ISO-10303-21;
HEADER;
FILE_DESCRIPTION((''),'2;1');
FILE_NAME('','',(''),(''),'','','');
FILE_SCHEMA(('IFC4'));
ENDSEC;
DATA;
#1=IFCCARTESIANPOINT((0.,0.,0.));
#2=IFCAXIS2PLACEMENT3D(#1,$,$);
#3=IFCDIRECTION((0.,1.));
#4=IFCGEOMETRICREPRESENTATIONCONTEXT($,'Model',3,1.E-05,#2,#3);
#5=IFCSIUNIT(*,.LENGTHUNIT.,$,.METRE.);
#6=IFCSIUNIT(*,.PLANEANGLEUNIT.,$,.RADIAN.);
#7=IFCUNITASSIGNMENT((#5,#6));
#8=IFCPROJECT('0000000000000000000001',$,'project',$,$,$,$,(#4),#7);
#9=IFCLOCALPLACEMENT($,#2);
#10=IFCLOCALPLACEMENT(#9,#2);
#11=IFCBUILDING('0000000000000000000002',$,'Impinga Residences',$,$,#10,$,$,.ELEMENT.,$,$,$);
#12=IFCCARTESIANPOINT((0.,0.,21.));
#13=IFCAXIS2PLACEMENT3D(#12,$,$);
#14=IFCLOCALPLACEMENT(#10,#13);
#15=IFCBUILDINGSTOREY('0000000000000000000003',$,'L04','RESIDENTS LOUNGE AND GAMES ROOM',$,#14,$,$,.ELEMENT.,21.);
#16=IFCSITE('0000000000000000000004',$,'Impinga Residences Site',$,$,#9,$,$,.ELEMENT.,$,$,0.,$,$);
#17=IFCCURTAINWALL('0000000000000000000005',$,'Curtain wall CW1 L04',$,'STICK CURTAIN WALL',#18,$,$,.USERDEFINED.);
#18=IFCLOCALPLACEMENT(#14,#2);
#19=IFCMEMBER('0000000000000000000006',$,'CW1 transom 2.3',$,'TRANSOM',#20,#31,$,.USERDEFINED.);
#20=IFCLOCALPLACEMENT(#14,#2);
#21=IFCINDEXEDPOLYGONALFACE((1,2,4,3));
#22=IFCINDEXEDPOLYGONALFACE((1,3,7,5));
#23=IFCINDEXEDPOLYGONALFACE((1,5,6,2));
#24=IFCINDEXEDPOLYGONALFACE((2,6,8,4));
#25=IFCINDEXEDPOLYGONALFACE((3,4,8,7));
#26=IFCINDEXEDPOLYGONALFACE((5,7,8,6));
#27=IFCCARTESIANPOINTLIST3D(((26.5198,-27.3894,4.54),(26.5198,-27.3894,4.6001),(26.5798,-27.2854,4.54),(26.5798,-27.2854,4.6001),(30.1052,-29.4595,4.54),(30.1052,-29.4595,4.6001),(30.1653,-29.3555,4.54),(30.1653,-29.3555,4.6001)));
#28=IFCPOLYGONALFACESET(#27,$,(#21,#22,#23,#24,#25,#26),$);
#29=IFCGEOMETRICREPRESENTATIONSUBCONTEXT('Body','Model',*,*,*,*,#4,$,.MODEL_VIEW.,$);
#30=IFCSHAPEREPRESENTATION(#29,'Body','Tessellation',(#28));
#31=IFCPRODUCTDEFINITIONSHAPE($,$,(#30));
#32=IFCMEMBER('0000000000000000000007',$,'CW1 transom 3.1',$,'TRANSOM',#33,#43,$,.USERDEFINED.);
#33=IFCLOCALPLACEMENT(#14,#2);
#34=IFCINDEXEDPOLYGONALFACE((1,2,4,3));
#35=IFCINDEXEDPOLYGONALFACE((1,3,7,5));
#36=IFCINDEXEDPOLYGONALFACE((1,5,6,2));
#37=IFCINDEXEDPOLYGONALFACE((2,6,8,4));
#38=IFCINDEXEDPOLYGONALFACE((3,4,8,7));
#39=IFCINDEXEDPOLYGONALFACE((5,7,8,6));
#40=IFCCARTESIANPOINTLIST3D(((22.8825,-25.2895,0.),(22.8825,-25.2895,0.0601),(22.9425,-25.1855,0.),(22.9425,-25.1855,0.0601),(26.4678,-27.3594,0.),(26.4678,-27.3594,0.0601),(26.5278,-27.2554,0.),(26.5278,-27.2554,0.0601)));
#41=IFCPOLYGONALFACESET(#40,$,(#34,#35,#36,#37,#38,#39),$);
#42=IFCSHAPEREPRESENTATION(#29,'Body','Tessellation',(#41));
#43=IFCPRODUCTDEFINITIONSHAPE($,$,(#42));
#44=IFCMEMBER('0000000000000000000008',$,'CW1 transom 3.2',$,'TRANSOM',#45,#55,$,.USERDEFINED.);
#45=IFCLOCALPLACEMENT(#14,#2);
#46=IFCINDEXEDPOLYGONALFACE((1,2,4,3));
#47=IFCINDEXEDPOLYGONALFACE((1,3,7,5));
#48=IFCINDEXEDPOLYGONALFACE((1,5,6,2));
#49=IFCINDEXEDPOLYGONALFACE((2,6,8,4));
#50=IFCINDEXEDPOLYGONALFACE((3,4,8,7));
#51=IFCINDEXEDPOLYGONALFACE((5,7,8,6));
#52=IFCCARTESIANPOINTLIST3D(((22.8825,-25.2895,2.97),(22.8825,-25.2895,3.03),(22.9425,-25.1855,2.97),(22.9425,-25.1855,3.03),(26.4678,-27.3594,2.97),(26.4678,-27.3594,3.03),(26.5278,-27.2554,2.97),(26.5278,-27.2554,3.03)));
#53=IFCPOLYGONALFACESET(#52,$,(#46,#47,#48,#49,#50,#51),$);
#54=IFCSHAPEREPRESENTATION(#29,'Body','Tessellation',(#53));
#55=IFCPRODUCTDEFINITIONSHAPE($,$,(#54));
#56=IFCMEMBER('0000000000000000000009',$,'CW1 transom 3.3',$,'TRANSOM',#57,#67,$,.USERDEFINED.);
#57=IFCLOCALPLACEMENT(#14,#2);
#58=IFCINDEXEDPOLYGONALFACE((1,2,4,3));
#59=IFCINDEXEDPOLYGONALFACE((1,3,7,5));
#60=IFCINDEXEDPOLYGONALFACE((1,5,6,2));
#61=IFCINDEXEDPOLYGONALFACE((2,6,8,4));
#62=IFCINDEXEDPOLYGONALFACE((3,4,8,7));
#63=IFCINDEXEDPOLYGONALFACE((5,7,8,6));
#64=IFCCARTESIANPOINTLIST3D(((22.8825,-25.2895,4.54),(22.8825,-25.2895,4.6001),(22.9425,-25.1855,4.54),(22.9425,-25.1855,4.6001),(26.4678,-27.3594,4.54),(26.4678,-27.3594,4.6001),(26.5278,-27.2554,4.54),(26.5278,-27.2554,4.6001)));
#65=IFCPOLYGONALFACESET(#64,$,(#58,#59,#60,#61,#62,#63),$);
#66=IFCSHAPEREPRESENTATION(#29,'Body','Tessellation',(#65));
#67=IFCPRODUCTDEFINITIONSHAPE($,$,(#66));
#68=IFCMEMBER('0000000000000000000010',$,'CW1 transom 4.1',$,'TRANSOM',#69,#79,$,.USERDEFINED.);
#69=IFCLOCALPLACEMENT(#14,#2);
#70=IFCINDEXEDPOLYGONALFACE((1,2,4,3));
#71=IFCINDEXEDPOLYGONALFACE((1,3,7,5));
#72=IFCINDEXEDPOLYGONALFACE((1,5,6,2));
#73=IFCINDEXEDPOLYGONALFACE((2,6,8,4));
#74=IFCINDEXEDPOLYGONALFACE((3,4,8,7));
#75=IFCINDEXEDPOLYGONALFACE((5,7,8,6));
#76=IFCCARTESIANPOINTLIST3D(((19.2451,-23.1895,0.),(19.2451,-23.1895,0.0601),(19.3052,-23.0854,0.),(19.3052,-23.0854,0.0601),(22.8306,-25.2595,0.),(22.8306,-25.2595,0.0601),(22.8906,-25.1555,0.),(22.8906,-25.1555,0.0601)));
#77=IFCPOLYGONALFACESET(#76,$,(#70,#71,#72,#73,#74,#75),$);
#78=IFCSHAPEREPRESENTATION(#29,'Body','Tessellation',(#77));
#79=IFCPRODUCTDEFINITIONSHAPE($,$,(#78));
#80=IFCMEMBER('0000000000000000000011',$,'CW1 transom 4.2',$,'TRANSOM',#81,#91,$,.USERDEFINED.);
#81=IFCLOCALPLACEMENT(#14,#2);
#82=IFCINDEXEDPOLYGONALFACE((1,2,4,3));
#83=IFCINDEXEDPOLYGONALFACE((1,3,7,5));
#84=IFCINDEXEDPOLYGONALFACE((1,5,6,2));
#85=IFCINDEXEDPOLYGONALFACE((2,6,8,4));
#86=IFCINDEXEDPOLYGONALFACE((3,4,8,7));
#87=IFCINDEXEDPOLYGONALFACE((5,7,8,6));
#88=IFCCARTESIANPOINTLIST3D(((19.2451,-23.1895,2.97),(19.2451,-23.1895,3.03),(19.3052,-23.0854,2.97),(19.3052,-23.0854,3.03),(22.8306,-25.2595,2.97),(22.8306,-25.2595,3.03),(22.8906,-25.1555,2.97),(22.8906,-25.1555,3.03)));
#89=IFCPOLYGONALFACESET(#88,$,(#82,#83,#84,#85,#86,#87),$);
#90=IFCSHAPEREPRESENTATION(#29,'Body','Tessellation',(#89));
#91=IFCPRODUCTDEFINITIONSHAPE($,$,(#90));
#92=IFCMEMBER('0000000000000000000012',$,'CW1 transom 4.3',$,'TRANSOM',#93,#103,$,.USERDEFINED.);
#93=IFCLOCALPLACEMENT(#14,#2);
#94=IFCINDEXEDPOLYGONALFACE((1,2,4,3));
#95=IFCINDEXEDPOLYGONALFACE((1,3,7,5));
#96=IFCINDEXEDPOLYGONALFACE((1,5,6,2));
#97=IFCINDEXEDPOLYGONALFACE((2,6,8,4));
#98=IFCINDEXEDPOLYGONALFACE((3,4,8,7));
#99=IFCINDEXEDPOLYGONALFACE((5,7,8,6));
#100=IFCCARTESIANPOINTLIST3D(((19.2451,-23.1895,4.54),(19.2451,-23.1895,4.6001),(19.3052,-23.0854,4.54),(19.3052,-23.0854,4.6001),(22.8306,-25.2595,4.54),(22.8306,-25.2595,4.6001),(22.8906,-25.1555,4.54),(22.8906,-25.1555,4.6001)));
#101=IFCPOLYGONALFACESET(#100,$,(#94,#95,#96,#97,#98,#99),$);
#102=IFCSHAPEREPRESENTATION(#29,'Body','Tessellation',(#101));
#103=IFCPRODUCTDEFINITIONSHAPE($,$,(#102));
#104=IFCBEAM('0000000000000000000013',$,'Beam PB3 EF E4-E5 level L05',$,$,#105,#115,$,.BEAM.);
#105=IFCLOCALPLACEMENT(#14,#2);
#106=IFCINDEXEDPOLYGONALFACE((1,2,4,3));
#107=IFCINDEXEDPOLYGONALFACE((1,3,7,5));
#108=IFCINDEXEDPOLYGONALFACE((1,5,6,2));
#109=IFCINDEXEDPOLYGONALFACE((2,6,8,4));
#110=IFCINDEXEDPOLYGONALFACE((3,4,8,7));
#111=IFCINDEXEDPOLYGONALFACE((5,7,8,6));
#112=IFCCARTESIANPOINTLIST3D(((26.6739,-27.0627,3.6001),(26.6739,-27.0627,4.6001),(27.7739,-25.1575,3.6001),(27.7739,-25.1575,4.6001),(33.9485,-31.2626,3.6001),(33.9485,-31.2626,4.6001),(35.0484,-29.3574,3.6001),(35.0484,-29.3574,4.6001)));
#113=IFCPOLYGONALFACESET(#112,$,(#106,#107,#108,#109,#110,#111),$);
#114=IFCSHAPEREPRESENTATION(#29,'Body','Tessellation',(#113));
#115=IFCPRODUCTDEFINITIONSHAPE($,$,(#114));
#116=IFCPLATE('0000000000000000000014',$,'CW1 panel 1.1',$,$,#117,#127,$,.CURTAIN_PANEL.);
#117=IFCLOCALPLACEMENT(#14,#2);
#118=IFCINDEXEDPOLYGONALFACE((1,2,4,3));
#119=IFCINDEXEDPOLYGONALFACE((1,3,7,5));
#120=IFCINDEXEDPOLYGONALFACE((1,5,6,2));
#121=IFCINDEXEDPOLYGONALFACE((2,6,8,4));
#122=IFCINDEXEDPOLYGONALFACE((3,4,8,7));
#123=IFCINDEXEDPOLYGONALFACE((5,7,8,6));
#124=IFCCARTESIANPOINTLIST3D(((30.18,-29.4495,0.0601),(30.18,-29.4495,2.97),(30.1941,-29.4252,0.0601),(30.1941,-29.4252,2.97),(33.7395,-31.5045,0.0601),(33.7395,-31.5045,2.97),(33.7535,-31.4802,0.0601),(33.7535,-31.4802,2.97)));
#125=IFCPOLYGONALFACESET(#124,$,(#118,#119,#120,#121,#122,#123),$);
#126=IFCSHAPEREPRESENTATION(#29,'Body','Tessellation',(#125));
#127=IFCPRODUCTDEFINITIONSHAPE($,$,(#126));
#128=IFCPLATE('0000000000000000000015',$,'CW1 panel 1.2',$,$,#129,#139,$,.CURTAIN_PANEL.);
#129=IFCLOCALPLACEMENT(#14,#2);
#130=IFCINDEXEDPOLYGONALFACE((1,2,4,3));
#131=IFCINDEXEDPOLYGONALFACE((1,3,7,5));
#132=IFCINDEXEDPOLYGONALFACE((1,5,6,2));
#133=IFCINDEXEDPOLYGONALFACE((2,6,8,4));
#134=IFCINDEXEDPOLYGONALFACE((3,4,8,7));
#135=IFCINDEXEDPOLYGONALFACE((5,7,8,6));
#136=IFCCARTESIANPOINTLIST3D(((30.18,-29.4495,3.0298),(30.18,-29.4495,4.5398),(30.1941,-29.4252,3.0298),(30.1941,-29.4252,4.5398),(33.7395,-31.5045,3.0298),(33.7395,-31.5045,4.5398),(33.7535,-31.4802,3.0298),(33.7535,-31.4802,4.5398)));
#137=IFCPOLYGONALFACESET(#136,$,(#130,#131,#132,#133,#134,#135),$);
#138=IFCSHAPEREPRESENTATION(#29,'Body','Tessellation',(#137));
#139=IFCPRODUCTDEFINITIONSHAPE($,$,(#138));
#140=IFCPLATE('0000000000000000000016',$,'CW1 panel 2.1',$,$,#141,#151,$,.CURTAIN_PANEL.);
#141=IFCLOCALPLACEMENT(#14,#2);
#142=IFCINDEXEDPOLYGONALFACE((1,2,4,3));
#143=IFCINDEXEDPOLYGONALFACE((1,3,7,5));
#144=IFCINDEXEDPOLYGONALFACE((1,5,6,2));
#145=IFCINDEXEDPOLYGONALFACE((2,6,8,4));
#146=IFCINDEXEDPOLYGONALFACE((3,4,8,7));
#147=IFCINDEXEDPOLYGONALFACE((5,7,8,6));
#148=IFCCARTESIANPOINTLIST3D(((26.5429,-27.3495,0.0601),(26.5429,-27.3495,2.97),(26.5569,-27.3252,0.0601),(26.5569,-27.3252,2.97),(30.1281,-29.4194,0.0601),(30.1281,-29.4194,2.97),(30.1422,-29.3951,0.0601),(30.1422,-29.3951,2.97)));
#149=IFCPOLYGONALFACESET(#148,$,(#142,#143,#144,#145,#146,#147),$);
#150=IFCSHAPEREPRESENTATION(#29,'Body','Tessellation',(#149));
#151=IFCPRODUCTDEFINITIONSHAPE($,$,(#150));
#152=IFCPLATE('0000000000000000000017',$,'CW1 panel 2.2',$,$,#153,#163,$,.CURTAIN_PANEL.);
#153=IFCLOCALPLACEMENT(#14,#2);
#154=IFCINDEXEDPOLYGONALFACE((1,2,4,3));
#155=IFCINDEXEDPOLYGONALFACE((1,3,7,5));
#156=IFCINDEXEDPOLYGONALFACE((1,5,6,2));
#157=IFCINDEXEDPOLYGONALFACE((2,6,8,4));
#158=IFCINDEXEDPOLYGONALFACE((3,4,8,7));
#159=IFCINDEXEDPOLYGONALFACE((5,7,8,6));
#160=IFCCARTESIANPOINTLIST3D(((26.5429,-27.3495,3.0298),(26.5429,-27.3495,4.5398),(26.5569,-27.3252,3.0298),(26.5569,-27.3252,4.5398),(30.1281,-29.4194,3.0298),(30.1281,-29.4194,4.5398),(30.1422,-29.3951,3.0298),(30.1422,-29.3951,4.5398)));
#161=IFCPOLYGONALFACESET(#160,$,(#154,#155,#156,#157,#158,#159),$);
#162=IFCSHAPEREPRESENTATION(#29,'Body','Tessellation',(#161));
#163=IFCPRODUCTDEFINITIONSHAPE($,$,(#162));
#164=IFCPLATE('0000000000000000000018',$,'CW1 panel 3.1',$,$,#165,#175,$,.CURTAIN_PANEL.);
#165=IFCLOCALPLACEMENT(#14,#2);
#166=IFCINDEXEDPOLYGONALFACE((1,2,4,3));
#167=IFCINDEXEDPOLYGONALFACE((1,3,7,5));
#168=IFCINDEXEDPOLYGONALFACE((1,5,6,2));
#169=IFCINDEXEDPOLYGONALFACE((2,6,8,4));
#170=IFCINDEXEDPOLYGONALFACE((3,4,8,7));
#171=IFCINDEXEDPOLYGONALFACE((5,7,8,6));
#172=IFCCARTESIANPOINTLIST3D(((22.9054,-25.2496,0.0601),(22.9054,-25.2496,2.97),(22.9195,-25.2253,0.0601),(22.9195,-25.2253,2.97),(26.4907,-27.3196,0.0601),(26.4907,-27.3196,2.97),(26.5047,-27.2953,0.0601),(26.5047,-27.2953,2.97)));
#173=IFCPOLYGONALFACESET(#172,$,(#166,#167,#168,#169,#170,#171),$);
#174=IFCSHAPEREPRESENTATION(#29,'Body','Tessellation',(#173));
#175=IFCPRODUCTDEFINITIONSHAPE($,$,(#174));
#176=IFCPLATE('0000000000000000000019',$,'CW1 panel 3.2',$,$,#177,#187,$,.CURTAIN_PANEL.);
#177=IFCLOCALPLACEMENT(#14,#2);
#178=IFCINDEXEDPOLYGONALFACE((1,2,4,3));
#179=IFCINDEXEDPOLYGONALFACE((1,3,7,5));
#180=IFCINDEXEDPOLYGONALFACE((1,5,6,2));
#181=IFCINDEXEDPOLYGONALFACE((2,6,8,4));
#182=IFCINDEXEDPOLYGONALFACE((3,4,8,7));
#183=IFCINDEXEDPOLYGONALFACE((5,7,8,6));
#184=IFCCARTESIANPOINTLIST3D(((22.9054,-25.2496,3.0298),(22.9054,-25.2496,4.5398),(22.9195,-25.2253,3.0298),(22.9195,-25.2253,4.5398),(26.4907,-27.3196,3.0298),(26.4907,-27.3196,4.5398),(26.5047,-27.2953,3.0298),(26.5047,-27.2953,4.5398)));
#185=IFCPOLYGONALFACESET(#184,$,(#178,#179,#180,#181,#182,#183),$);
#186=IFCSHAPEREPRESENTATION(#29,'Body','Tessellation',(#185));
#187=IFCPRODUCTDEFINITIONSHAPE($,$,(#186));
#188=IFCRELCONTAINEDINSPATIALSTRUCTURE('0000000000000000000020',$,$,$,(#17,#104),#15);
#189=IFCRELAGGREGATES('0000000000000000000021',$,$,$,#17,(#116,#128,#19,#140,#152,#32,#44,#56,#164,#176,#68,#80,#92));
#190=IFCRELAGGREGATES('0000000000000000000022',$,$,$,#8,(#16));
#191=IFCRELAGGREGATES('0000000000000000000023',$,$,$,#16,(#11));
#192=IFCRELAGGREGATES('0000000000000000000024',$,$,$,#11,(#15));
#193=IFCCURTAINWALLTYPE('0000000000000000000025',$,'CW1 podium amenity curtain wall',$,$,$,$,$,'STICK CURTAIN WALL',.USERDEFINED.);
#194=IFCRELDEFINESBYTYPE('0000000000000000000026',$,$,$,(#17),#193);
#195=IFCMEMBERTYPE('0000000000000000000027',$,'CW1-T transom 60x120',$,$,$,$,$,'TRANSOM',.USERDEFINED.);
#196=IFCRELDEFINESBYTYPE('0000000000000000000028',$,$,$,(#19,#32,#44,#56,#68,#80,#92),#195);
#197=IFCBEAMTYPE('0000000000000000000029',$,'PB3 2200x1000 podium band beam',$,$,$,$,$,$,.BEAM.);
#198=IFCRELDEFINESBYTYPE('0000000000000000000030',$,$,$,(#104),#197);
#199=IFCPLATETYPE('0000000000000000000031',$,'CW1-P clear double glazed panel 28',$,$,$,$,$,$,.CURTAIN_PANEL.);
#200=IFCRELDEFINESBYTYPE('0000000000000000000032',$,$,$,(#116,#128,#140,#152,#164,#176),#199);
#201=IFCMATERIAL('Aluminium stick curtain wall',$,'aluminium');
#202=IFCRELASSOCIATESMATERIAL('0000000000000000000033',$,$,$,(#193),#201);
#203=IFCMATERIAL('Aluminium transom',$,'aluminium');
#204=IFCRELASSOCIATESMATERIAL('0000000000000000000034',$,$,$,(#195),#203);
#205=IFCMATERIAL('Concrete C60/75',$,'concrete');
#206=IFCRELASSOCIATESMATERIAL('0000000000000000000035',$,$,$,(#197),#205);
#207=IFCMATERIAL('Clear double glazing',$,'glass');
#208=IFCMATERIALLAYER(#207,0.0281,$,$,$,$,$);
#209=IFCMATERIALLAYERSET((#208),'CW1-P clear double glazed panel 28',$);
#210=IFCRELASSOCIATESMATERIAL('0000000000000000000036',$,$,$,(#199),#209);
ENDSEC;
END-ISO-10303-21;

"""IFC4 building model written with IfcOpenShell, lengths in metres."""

from ifc_helpers import new_model, si_unit, direction, frame, origin, origin_2d, place, context, subcontext, project, spatial, rectangle, extrude, material, layer, layer_set, material_profile, profile_set, type_object, element, aggregate, save


model = new_model("IFC4")

# Units and contexts
model_context = context("Model", 3, precision=1e-05, world=origin(), true_north=direction((0.0, 1.0)))
body_context = subcontext(model_context, "Body", "Model", "MODEL_VIEW")
ifc_project = project(units=[si_unit("LENGTHUNIT", "METRE"), si_unit("PLANEANGLEUNIT", "RADIAN")], contexts=[model_context])

# Site, building, storey
site_placement = place(None, origin())
site = spatial("IfcSite", under=ifc_project, at=site_placement, Name="Impinga Residences Site", CompositionType="ELEMENT", RefElevation=0.0)
building_placement = place(site_placement, origin())
building = spatial("IfcBuilding", under=site, at=building_placement, Name="Impinga Residences", CompositionType="ELEMENT")
storey_placement = place(building_placement, frame((0.0, 0.0, 21.0)))
storey = spatial("IfcBuildingStorey", under=building, at=storey_placement, Name="L04", Description="RESIDENTS LOUNGE AND GAMES ROOM", CompositionType="ELEMENT", Elevation=21.0)

# Shared definitions
ifc_material_1 = material(Name="Concrete C60/75", Category="concrete")

# Curtain wall, members
ifc_material_2 = material(Name="Aluminium stick curtain wall", Category="aluminium")
curtain_wall_type = type_object("IfcCurtainWallType", Name="CW1 podium amenity curtain wall", ElementType="STICK CURTAIN WALL", PredefinedType="USERDEFINED", material=ifc_material_2)
curtain_wall_placement = place(storey_placement, origin())
curtain_wall = element("IfcCurtainWall", 1, at=curtain_wall_placement, inside=storey, type_object=curtain_wall_type, Name="Curtain wall CW1 L04", ObjectType="STICK CURTAIN WALL", PredefinedType="USERDEFINED")
ifc_material_3 = material(Name="Aluminium transom", Category="aluminium")
ifc_material_profile_1 = material_profile(ifc_material_3, rectangle(XDim=0.0601, YDim=0.1201, at=origin_2d()), Name="60x120 transom")
ifc_profile_set_1 = profile_set([ifc_material_profile_1], Name="Aluminium transom")
member_type_1 = type_object("IfcMemberType", Name="CW1-T transom 60x120", ElementType="TRANSOM", PredefinedType="USERDEFINED", material=ifc_profile_set_1)
member_1_placement = place(storey_placement, frame((30.1353, -29.4075, 4.5701), z_axis=(-0.866025, 0.500002, 0.0), x_axis=(0.0, 0.0, 1.0)))
member_1 = element("IfcMember", 2, at=member_1_placement, type_object=member_type_1, Name="CW1 transom 2.3", ObjectType="TRANSOM", PredefinedType="USERDEFINED", context=body_context, shape_type="SweptSolid", body=[
    extrude(rectangle(XDim=0.0601, YDim=0.1201, at=origin_2d()), origin(), (0.0, 0.0, 1.0), 4.1401),
])
member_2_placement = place(storey_placement, frame((26.4978, -27.3074, 0.03), z_axis=(-0.866035, 0.499983, 0.0), x_axis=(0.0, 0.0, 1.0)))
member_2 = element("IfcMember", 3, at=member_2_placement, type_object=member_type_1, Name="CW1 transom 3.1", ObjectType="TRANSOM", PredefinedType="USERDEFINED", context=body_context, shape_type="SweptSolid", body=[
    extrude(rectangle(XDim=0.0601, YDim=0.1201, at=origin_2d()), origin(), (0.0, 0.0, 1.0), 4.1399),
])
member_3_placement = place(storey_placement, frame((26.4978, -27.3074, 3.0), z_axis=(-0.866035, 0.499983, 0.0), x_axis=(0.0, 0.0, 1.0)))
member_3 = element("IfcMember", 4, at=member_3_placement, type_object=member_type_1, Name="CW1 transom 3.2", ObjectType="TRANSOM", PredefinedType="USERDEFINED", context=body_context, shape_type="SweptSolid", body=[
    extrude(rectangle(XDim=0.0601, YDim=0.1201, at=origin_2d()), origin(), (0.0, 0.0, 1.0), 4.1399),
])
member_4_placement = place(storey_placement, frame((26.4978, -27.3074, 4.5701), z_axis=(-0.866035, 0.499983, 0.0), x_axis=(0.0, 0.0, 1.0)))
member_4 = element("IfcMember", 5, at=member_4_placement, type_object=member_type_1, Name="CW1 transom 3.3", ObjectType="TRANSOM", PredefinedType="USERDEFINED", context=body_context, shape_type="SweptSolid", body=[
    extrude(rectangle(XDim=0.0601, YDim=0.1201, at=origin_2d()), origin(), (0.0, 0.0, 1.0), 4.1399),
])
member_5_placement = place(storey_placement, frame((22.8606, -25.2075, 0.03), z_axis=(-0.866025, 0.500002, 0.0), x_axis=(0.0, 0.0, 1.0)))
member_5 = element("IfcMember", 6, at=member_5_placement, type_object=member_type_1, Name="CW1 transom 4.1", ObjectType="TRANSOM", PredefinedType="USERDEFINED", context=body_context, shape_type="SweptSolid", body=[
    extrude(rectangle(XDim=0.0601, YDim=0.1201, at=origin_2d()), origin(), (0.0, 0.0, 1.0), 4.1401),
])
member_6_placement = place(storey_placement, frame((22.8606, -25.2075, 3.0), z_axis=(-0.866025, 0.500002, 0.0), x_axis=(0.0, 0.0, 1.0)))
member_6 = element("IfcMember", 7, at=member_6_placement, type_object=member_type_1, Name="CW1 transom 4.2", ObjectType="TRANSOM", PredefinedType="USERDEFINED", context=body_context, shape_type="SweptSolid", body=[
    extrude(rectangle(XDim=0.0601, YDim=0.1201, at=origin_2d()), origin(), (0.0, 0.0, 1.0), 4.1401),
])
member_7_placement = place(storey_placement, frame((22.8606, -25.2075, 4.5701), z_axis=(-0.866025, 0.500002, 0.0), x_axis=(0.0, 0.0, 1.0)))
member_7 = element("IfcMember", 8, at=member_7_placement, type_object=member_type_1, Name="CW1 transom 4.3", ObjectType="TRANSOM", PredefinedType="USERDEFINED", context=body_context, shape_type="SweptSolid", body=[
    extrude(rectangle(XDim=0.0601, YDim=0.1201, at=origin_2d()), origin(), (0.0, 0.0, 1.0), 4.1401),
])

# Beam
ifc_material_profile_2 = material_profile(ifc_material_1, rectangle(XDim=2.2, YDim=1.0, at=origin_2d()), Name="RC 2200x1000")
ifc_profile_set_2 = profile_set([ifc_material_profile_2], Name="Concrete C60/75")
beam_type_1 = type_object("IfcBeamType", Name="PB3 2200x1000 podium band beam", PredefinedType="BEAM", material=ifc_profile_set_2)
beam_1_placement = place(storey_placement, frame((27.2239, -26.1101, 4.1001), z_axis=(0.866029, -0.499993, 0.0), x_axis=(0.499993, 0.866029, 0.0)))
element("IfcBeam", 9, at=beam_1_placement, inside=storey, type_object=beam_type_1, Name="Beam PB3 EF E4-E5 level L05", PredefinedType="BEAM", context=body_context, shape_type="SweptSolid", body=[
    extrude(rectangle(XDim=2.2, YDim=1.0, at=origin_2d()), origin(), (0.0, 0.0, 1.0), 8.3999),
])

# Plates
ifc_material_4 = material(Name="Clear double glazing", Category="glass")
ifc_layer_1 = layer(ifc_material_4, 0.0281)
ifc_layer_set_1 = layer_set([ifc_layer_1], Name="CW1-P clear double glazed panel 28")
plate_type = type_object("IfcPlateType", Name="CW1-P clear double glazed panel 28", PredefinedType="CURTAIN_PANEL", material=ifc_layer_set_1)
plate_1_placement = place(storey_placement, frame((31.9668, -30.4648, 0.0601), z_axis=(0.0, 0.0, 1.0), x_axis=(-0.866025, 0.5, 0.0)))
plate_1 = element("IfcPlate", 10, at=plate_1_placement, type_object=plate_type, Name="CW1 panel 1.1", PredefinedType="CURTAIN_PANEL", context=body_context, shape_type="SweptSolid", body=[
    extrude(rectangle(XDim=4.1101, YDim=0.0281, at=origin_2d()), origin(), (0.0, 0.0, 1.0), 2.9099),
])
plate_2_placement = place(storey_placement, frame((31.9668, -30.4648, 3.0298), z_axis=(0.0, 0.0, 1.0), x_axis=(-0.866025, 0.5, 0.0)))
plate_2 = element("IfcPlate", 11, at=plate_2_placement, type_object=plate_type, Name="CW1 panel 1.2", PredefinedType="CURTAIN_PANEL", context=body_context, shape_type="SweptSolid", body=[
    extrude(rectangle(XDim=4.1101, YDim=0.0281, at=origin_2d()), origin(), (0.0, 0.0, 1.0), 1.51),
])
plate_3_placement = place(storey_placement, frame((28.3425, -28.3723, 0.0601), z_axis=(0.0, 0.0, 1.0), x_axis=(-0.866025, 0.5, 0.0)))
plate_3 = element("IfcPlate", 12, at=plate_3_placement, type_object=plate_type, Name="CW1 panel 2.1", PredefinedType="CURTAIN_PANEL", context=body_context, shape_type="SweptSolid", body=[
    extrude(rectangle(XDim=4.1399, YDim=0.0281, at=origin_2d()), origin(), (0.0, 0.0, 1.0), 2.9099),
])
plate_4_placement = place(storey_placement, frame((28.3425, -28.3723, 3.0298), z_axis=(0.0, 0.0, 1.0), x_axis=(-0.866025, 0.5, 0.0)))
plate_4 = element("IfcPlate", 13, at=plate_4_placement, type_object=plate_type, Name="CW1 panel 2.2", PredefinedType="CURTAIN_PANEL", context=body_context, shape_type="SweptSolid", body=[
    extrude(rectangle(XDim=4.1399, YDim=0.0281, at=origin_2d()), origin(), (0.0, 0.0, 1.0), 1.51),
])
plate_5_placement = place(storey_placement, frame((24.7051, -26.2725, 0.0601), z_axis=(0.0, 0.0, 1.0), x_axis=(-0.866025, 0.5, 0.0)))
plate_5 = element("IfcPlate", 14, at=plate_5_placement, type_object=plate_type, Name="CW1 panel 3.1", PredefinedType="CURTAIN_PANEL", context=body_context, shape_type="SweptSolid", body=[
    extrude(rectangle(XDim=4.1399, YDim=0.0281, at=origin_2d()), origin(), (0.0, 0.0, 1.0), 2.9099),
])
plate_6_placement = place(storey_placement, frame((24.7051, -26.2725, 3.0298), z_axis=(0.0, 0.0, 1.0), x_axis=(-0.866025, 0.5, 0.0)))
plate_6 = element("IfcPlate", 15, at=plate_6_placement, type_object=plate_type, Name="CW1 panel 3.2", PredefinedType="CURTAIN_PANEL", context=body_context, shape_type="SweptSolid", body=[
    extrude(rectangle(XDim=4.1399, YDim=0.0281, at=origin_2d()), origin(), (0.0, 0.0, 1.0), 1.51),
])
aggregate(curtain_wall, [plate_1, plate_2, member_1, plate_3, plate_4, member_2, member_3, member_4, plate_5, plate_6, member_5, member_6, member_7])

save(model, "model.ifc")
